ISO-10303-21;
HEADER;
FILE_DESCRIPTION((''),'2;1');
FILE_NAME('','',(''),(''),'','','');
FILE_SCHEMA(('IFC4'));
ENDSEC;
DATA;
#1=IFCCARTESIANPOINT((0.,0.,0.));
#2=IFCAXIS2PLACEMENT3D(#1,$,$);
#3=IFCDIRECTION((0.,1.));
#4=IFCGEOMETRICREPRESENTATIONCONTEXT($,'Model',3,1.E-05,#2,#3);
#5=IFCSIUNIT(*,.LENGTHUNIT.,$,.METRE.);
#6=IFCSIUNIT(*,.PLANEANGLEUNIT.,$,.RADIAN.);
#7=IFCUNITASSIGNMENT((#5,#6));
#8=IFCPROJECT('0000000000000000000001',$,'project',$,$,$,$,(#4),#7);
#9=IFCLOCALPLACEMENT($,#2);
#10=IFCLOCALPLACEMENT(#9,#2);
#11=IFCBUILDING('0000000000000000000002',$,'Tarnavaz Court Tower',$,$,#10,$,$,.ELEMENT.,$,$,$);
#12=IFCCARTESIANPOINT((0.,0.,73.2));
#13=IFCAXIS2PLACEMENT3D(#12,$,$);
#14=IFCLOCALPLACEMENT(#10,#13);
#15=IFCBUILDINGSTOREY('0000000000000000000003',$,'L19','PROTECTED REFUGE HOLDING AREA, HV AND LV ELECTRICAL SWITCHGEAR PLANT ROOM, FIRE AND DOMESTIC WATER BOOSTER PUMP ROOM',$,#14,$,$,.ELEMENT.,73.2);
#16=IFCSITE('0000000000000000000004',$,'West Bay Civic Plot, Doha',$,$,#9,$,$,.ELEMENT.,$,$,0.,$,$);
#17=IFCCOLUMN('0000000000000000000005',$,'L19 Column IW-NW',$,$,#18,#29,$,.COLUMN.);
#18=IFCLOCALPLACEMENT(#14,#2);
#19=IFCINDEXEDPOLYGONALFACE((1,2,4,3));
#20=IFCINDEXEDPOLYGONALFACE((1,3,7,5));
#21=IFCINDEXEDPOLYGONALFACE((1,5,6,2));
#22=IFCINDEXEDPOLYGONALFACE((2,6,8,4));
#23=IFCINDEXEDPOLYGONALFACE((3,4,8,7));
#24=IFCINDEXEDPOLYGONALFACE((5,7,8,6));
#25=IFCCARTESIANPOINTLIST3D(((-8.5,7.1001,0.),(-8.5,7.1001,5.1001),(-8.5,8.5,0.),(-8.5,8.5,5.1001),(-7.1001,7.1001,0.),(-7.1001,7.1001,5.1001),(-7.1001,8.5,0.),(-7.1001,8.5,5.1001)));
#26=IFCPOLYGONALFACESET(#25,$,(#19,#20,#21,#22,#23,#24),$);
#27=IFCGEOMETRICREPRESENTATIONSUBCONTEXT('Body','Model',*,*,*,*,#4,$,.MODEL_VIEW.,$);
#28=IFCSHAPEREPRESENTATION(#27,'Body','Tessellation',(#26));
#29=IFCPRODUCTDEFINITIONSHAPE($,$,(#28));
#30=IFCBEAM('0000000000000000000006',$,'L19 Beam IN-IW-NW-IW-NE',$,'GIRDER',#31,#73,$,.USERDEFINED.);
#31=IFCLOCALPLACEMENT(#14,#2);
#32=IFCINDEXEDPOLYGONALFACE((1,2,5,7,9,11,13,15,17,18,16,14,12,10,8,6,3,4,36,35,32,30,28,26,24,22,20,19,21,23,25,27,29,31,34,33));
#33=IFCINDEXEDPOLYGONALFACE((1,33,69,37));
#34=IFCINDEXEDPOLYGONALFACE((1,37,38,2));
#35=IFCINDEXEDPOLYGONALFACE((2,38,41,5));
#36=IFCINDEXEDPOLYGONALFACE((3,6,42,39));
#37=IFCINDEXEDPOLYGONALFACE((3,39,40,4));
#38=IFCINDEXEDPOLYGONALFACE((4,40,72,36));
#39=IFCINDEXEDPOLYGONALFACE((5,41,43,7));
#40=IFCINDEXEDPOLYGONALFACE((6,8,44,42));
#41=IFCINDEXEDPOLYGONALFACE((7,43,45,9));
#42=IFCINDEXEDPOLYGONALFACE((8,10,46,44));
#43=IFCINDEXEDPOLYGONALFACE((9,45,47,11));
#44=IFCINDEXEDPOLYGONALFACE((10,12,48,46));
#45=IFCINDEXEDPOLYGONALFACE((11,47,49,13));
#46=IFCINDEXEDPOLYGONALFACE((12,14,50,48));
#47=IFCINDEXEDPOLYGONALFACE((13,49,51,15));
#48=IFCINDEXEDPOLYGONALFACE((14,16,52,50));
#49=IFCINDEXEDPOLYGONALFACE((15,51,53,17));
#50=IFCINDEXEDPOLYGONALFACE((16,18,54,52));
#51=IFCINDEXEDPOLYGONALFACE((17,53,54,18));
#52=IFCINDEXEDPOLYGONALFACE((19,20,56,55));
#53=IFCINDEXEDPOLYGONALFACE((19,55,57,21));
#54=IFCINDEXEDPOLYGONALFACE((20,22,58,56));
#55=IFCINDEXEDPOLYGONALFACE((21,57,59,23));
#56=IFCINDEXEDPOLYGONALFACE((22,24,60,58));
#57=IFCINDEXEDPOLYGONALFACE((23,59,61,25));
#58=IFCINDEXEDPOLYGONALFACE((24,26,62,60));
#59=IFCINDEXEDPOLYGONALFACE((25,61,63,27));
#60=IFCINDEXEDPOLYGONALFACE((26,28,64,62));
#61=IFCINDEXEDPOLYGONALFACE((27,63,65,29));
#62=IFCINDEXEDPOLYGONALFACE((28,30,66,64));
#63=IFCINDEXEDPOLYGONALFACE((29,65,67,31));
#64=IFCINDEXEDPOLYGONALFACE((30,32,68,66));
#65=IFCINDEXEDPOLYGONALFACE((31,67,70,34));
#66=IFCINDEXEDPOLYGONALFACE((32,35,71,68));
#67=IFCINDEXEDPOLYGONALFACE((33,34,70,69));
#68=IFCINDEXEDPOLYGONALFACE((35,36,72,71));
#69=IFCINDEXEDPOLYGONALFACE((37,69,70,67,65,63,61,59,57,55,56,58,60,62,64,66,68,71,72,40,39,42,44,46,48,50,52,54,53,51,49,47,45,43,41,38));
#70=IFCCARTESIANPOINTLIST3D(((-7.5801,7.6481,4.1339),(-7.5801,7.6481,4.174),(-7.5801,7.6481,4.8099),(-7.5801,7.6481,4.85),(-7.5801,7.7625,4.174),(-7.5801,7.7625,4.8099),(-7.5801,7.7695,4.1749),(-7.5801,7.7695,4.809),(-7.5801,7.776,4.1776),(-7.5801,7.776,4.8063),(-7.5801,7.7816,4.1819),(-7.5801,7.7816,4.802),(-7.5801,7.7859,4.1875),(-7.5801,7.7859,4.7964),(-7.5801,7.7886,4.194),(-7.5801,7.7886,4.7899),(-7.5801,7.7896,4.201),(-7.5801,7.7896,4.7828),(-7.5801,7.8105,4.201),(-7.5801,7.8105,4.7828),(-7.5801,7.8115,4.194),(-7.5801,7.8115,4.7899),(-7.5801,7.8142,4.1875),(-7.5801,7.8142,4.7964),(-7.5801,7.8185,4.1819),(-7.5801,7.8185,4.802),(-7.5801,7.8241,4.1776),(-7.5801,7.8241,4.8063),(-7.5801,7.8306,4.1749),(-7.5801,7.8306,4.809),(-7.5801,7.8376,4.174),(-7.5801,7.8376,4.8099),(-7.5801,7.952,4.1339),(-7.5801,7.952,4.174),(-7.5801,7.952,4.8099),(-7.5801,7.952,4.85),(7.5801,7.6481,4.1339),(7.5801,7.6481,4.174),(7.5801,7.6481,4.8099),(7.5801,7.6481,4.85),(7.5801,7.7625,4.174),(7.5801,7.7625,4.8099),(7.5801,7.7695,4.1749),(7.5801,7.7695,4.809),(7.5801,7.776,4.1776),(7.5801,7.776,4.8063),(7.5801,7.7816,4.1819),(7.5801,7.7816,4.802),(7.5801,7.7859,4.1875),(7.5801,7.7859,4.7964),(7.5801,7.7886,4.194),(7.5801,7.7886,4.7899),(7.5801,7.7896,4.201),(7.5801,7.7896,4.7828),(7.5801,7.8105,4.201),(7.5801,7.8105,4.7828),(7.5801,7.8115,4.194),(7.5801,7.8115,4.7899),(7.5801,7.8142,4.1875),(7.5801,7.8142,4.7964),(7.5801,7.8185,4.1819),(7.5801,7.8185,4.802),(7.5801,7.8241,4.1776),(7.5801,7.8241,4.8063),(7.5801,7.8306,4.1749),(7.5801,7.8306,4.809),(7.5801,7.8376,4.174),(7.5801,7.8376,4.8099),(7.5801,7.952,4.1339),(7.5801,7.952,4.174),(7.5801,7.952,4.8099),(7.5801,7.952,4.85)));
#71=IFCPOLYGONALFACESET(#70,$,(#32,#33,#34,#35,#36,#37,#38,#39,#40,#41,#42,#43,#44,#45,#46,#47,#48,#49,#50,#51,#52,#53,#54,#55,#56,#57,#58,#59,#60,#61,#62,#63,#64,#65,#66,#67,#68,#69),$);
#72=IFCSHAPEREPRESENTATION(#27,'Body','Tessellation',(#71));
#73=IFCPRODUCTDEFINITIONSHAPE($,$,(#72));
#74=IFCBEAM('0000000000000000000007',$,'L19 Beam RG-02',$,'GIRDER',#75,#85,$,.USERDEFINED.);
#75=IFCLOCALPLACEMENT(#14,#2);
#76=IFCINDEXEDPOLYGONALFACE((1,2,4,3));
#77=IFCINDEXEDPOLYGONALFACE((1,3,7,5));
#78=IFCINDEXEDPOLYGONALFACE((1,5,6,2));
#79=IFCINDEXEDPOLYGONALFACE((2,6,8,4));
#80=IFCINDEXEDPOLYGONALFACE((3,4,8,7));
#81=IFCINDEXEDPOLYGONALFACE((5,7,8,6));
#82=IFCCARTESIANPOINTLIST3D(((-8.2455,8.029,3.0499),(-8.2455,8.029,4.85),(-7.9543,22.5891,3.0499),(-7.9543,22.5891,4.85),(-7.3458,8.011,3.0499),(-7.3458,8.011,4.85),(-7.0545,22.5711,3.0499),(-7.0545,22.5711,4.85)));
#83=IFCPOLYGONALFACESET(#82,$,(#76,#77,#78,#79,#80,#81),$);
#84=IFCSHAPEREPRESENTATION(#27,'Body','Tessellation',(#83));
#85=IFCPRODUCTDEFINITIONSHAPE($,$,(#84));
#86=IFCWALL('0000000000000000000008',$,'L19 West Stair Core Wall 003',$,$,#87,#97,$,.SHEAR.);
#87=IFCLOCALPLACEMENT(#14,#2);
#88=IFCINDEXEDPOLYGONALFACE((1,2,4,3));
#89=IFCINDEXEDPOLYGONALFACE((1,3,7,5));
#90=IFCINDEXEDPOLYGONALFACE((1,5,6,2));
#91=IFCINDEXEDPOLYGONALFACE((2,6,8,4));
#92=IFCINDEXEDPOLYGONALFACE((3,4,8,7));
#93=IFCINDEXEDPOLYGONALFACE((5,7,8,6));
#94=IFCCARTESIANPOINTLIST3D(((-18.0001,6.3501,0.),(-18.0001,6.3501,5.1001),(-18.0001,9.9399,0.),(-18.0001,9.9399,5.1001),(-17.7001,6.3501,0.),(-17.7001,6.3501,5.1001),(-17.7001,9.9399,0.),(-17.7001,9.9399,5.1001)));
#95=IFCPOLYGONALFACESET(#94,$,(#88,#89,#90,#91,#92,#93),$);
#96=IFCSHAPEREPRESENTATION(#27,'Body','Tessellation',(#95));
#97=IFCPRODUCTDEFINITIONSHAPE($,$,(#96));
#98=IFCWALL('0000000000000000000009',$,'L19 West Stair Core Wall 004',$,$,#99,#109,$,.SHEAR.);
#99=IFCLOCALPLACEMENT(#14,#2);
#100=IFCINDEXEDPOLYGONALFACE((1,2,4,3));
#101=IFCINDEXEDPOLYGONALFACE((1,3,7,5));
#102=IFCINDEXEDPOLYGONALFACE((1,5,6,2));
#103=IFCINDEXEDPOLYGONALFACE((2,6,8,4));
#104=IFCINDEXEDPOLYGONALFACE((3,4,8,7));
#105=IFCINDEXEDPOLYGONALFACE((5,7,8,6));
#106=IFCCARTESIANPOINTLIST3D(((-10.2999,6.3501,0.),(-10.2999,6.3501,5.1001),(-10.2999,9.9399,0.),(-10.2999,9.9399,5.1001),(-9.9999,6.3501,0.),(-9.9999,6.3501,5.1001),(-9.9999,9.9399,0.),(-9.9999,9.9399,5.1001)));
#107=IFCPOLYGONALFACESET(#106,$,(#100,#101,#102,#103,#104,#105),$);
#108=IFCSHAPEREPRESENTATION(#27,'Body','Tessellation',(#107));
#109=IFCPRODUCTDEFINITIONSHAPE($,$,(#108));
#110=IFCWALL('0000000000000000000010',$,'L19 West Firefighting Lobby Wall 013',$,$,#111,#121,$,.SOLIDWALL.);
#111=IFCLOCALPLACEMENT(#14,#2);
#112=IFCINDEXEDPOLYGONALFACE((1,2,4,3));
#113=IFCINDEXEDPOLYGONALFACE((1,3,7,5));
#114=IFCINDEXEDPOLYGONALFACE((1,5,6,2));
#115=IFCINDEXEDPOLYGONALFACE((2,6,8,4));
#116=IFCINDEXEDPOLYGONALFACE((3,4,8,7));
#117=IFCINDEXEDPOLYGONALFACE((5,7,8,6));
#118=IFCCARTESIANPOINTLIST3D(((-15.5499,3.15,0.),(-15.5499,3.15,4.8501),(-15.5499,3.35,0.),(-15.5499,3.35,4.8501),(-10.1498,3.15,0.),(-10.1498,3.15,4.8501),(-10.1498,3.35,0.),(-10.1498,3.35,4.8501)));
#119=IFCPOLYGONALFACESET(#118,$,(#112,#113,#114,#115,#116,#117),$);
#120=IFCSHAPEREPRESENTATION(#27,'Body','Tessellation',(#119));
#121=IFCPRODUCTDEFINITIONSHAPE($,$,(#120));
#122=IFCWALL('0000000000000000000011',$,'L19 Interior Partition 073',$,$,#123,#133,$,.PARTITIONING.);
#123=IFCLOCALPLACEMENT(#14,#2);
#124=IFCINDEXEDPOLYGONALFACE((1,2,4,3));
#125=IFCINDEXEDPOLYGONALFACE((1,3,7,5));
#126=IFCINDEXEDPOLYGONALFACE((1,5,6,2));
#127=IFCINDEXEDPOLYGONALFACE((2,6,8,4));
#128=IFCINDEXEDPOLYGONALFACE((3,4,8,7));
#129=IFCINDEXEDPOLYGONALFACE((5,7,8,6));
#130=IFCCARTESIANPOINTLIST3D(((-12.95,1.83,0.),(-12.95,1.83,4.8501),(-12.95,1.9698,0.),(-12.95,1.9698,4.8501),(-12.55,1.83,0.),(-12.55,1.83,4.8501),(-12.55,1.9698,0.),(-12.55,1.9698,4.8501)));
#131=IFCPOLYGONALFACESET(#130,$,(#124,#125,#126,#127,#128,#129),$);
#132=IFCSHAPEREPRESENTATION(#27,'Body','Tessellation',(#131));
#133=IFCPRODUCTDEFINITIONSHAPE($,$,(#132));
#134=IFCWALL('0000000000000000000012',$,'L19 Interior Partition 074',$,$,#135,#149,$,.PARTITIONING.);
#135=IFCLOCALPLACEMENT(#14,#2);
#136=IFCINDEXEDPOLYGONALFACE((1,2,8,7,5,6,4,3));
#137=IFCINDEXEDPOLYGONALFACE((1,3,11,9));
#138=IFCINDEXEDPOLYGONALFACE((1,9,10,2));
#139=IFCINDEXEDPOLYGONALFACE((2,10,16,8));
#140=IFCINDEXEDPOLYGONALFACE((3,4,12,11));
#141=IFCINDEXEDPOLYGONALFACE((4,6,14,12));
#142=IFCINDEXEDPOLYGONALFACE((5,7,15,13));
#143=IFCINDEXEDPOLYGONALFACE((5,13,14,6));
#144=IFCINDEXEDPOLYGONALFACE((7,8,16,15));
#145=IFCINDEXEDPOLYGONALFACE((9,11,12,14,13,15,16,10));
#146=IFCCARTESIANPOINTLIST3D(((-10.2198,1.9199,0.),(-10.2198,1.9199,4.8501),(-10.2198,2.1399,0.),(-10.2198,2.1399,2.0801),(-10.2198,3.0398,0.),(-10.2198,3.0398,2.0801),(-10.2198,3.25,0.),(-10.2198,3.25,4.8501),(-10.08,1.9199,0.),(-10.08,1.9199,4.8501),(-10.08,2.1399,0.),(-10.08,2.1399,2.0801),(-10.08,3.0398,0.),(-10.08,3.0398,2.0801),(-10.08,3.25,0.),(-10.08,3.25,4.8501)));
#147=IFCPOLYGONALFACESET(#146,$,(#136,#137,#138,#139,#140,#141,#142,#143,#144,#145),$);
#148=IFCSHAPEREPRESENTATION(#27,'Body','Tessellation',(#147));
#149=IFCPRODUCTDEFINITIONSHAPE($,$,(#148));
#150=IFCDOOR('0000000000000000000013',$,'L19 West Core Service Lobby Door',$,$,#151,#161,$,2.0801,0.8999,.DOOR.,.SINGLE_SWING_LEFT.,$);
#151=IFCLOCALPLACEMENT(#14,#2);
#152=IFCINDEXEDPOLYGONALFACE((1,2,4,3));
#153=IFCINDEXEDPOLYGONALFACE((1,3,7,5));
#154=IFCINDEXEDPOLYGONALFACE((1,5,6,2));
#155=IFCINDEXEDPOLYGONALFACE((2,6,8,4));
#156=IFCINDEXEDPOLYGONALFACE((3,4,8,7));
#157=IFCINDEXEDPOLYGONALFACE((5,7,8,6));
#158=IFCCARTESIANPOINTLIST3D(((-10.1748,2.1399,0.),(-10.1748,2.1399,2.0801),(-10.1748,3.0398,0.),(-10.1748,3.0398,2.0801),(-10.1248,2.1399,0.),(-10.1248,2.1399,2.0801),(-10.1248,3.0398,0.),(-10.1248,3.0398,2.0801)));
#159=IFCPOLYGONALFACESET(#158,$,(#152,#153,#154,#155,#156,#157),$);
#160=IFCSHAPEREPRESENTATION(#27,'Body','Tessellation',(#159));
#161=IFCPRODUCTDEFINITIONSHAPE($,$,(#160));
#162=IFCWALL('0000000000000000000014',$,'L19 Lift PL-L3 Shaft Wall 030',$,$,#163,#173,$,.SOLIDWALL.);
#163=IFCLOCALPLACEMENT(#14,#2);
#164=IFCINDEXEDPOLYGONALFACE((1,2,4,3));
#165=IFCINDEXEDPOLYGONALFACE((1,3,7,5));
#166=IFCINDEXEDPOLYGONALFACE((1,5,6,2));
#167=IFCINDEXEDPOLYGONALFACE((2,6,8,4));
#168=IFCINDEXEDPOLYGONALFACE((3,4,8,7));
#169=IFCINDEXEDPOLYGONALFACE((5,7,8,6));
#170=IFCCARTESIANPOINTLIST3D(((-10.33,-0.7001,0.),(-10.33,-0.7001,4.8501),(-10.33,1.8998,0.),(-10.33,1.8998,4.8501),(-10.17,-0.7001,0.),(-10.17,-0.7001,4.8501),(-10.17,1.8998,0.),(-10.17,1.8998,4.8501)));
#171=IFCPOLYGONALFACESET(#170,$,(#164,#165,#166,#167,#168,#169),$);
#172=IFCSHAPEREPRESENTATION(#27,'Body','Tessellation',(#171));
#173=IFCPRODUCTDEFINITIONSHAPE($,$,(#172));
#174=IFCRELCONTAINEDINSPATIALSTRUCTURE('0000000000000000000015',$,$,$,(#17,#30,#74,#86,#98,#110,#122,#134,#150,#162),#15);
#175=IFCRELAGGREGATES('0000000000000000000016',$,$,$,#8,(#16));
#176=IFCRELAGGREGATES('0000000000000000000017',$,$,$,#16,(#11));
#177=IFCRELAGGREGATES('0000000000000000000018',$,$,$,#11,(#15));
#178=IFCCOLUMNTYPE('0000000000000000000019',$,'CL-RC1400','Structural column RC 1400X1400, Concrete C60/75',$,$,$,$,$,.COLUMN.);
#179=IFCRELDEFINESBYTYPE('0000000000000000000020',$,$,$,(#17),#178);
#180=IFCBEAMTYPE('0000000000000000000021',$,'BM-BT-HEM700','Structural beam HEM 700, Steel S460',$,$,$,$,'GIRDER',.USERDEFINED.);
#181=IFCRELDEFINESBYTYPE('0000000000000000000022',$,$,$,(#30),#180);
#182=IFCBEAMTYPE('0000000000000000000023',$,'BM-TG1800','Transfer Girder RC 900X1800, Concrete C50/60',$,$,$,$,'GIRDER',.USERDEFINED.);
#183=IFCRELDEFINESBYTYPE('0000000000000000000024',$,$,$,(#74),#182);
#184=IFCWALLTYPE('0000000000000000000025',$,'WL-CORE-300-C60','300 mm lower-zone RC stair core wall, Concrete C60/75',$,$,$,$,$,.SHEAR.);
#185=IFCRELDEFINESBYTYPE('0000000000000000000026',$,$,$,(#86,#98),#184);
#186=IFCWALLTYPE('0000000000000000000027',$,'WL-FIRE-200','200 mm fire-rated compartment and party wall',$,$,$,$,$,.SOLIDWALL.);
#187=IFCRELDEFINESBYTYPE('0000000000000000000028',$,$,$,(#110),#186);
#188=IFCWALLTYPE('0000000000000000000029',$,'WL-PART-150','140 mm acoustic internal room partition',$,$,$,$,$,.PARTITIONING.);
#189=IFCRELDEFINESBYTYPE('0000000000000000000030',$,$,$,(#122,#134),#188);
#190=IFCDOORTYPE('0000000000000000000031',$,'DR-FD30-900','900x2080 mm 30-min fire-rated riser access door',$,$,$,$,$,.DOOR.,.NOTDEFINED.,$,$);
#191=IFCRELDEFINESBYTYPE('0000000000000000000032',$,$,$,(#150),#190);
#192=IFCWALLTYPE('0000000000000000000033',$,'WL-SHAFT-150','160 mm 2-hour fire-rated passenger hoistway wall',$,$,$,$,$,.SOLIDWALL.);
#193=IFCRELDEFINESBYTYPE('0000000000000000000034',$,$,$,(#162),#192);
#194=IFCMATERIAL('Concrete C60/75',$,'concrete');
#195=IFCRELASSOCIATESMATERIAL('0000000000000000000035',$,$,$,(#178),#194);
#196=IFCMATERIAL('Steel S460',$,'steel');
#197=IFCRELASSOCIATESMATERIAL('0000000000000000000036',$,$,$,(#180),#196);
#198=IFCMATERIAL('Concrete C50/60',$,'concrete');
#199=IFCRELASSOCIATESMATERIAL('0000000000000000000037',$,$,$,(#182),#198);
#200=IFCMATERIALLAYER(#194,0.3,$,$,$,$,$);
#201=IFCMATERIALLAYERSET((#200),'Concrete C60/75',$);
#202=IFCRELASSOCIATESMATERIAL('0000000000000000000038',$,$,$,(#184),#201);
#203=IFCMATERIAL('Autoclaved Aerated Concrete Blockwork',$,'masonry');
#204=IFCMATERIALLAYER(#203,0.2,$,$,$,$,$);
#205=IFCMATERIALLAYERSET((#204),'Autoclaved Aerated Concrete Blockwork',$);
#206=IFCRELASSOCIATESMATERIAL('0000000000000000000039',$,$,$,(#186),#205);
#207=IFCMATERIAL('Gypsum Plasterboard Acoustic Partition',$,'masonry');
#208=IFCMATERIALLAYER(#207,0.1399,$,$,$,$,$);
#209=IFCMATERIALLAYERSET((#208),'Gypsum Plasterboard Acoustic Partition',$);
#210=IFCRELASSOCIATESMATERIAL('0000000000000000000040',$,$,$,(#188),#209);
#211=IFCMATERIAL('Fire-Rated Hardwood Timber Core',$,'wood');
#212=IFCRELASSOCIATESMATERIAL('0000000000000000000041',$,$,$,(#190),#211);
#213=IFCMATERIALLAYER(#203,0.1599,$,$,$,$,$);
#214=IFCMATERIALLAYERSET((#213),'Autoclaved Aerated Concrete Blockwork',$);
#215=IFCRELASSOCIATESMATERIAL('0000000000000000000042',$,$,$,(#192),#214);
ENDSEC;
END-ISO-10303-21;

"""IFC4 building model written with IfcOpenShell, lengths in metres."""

from ifc_helpers import new_model, si_unit, direction, frame, frame_2d, origin, origin_2d, place, context, subcontext, project, spatial, rectangle, i_section, extrude, material, layer, layer_set, material_profile, profile_set, type_object, element, fill, save


model = new_model("IFC4")

# Units and contexts
model_context = context("Model", 3, precision=1e-05, world=origin(), true_north=direction((0.0, 1.0)))
body_context = subcontext(model_context, "Body", "Model", "MODEL_VIEW")
ifc_project = project(units=[si_unit("LENGTHUNIT", "METRE"), si_unit("PLANEANGLEUNIT", "RADIAN")], contexts=[model_context])

# Site, building, storey
site_placement = place(None, origin())
site = spatial("IfcSite", under=ifc_project, at=site_placement, Name="West Bay Civic Plot, Doha", CompositionType="ELEMENT", RefElevation=0.0)
building_placement = place(site_placement, origin())
building = spatial("IfcBuilding", under=site, at=building_placement, Name="Tarnavaz Court Tower", CompositionType="ELEMENT")
storey_placement = place(building_placement, frame((0.0, 0.0, 73.2)))
storey = spatial("IfcBuildingStorey", under=building, at=storey_placement, Name="L19", Description="PROTECTED REFUGE HOLDING AREA, HV AND LV ELECTRICAL SWITCHGEAR PLANT ROOM, FIRE AND DOMESTIC WATER BOOSTER PUMP ROOM", CompositionType="ELEMENT", Elevation=73.2)

# Column
ifc_material_1 = material(Name="Concrete C60/75", Category="concrete")
ifc_material_profile_1 = material_profile(ifc_material_1, rectangle(XDim=1.3999, YDim=1.3999, at=origin_2d()), Name="RC 1400X1400")
ifc_profile_set_1 = profile_set([ifc_material_profile_1], Name="Concrete C60/75")
column_type = type_object("IfcColumnType", Name="CL-RC1400", Description="Structural column RC 1400X1400, Concrete C60/75", PredefinedType="COLUMN", material=ifc_profile_set_1)
column_placement = place(storey_placement, frame((-7.8, 7.8, 0.0), z_axis=(0.0, 0.0, 1.0), x_axis=(1.0, 0.0, 0.0)))
element("IfcColumn", 1, at=column_placement, inside=storey, type_object=column_type, Name="L19 Column IW-NW", PredefinedType="COLUMN", context=body_context, shape_type="SweptSolid", body=[
    extrude(rectangle(XDim=1.3999, YDim=1.3999, at=origin_2d()), origin(), (0.0, 0.0, 1.0), 5.1001),
])

# Beams
ifc_material_2 = material(Name="Steel S460", Category="steel")
ifc_material_profile_2 = material_profile(ifc_material_2, i_section(OverallWidth=0.304, OverallDepth=0.7161, WebThickness=0.021, FlangeThickness=0.04, FilletRadius=0.0271, at=origin_2d()), Name="HEM 700")
ifc_profile_set_2 = profile_set([ifc_material_profile_2], Name="Steel S460")
beam_type_1 = type_object("IfcBeamType", Name="BM-BT-HEM700", Description="Structural beam HEM 700, Steel S460", ElementType="GIRDER", PredefinedType="USERDEFINED", material=ifc_profile_set_2)
beam_1_placement = place(storey_placement, frame((-7.5801, 7.8, 4.4919), z_axis=(1.0, 0.0, 0.0), x_axis=(0.0, 1.0, 0.0)))
element("IfcBeam", 2, at=beam_1_placement, inside=storey, type_object=beam_type_1, Name="L19 Beam IN-IW-NW-IW-NE", ObjectType="GIRDER", PredefinedType="USERDEFINED", context=body_context, shape_type="SweptSolid", body=[
    extrude(i_section(OverallWidth=0.304, OverallDepth=0.7161, WebThickness=0.021, FlangeThickness=0.04, FilletRadius=0.0271, at=origin_2d()), origin(), (0.0, 0.0, 1.0), 15.1602),
])
ifc_material_3 = material(Name="Concrete C50/60", Category="concrete")
ifc_material_profile_3 = material_profile(ifc_material_3, rectangle(XDim=0.8999, YDim=1.8, at=origin_2d()), Name="RC 900X1800")
ifc_profile_set_3 = profile_set([ifc_material_profile_3], Name="Concrete C50/60")
beam_type_2 = type_object("IfcBeamType", Name="BM-TG1800", Description="Transfer Girder RC 900X1800, Concrete C50/60", ElementType="GIRDER", PredefinedType="USERDEFINED", material=ifc_profile_set_3)
beam_2_placement = place(storey_placement, frame((-7.7957, 8.02, 3.95), z_axis=(0.02, 0.9998, 0.0), x_axis=(-0.9998, 0.02, 0.0)))
element("IfcBeam", 3, at=beam_2_placement, inside=storey, type_object=beam_type_2, Name="L19 Beam RG-02", ObjectType="GIRDER", PredefinedType="USERDEFINED", context=body_context, shape_type="SweptSolid", body=[
    extrude(rectangle(XDim=0.8999, YDim=1.8, at=origin_2d()), origin(), (0.0, 0.0, 1.0), 14.563),
])

# Walls
ifc_layer_1 = layer(ifc_material_1, 0.3)
ifc_layer_set_1 = layer_set([ifc_layer_1], Name="Concrete C60/75")
wall_type_1 = type_object("IfcWallType", Name="WL-CORE-300-C60", Description="300 mm lower-zone RC stair core wall, Concrete C60/75", PredefinedType="SHEAR", material=ifc_layer_set_1)
for number, where, z_axis, x_axis, name in (
    (4, (-17.8501, 6.3501, 0.0), (0.0, 0.0, 1.0), (0.0, 1.0, 0.0), "L19 West Stair Core Wall 003"),
    (5, (-10.1499, 6.3501, 0.0), (0.0, 0.0, 1.0), (0.0, 1.0, 0.0), "L19 West Stair Core Wall 004"),
):
    element("IfcWall", number, at=place(storey_placement, frame(where, z_axis=z_axis, x_axis=x_axis)), inside=storey, type_object=wall_type_1, Name=name, PredefinedType="SHEAR", context=body_context, shape_type="SweptSolid", body=[
        extrude(rectangle(XDim=3.5898, YDim=0.3, at=frame_2d((1.7949, 0.0))), origin(), (0.0, 0.0, 1.0), 5.1001),
    ])
ifc_material_4 = material(Name="Autoclaved Aerated Concrete Blockwork", Category="masonry")
ifc_layer_2 = layer(ifc_material_4, 0.2)
ifc_layer_set_2 = layer_set([ifc_layer_2], Name="Autoclaved Aerated Concrete Blockwork")
wall_type_2 = type_object("IfcWallType", Name="WL-FIRE-200", Description="200 mm fire-rated compartment and party wall", PredefinedType="SOLIDWALL", material=ifc_layer_set_2)
wall_1_placement = place(storey_placement, frame((-15.55, 3.25, 0.0), z_axis=(0.0, 0.0, 1.0), x_axis=(1.0, 0.0, 0.0)))
element("IfcWall", 6, at=wall_1_placement, inside=storey, type_object=wall_type_2, Name="L19 West Firefighting Lobby Wall 013", PredefinedType="SOLIDWALL", context=body_context, shape_type="SweptSolid", body=[
    extrude(rectangle(XDim=5.4001, YDim=0.2, at=frame_2d((2.7002, 0.0))), origin(), (0.0, 0.0, 1.0), 4.8501),
])

# Shared definitions
ifc_material_5 = material(Name="Fire-Rated Hardwood Timber Core", Category="wood")

# Wall
ifc_material_6 = material(Name="Gypsum Plasterboard Acoustic Partition", Category="masonry")
ifc_layer_3 = layer(ifc_material_6, 0.1399)
ifc_layer_set_3 = layer_set([ifc_layer_3], Name="Gypsum Plasterboard Acoustic Partition")
wall_type_3 = type_object("IfcWallType", Name="WL-PART-150", Description="140 mm acoustic internal room partition", PredefinedType="PARTITIONING", material=ifc_layer_set_3)
wall_2_placement = place(storey_placement, frame((-12.95, 1.8999, 0.0), z_axis=(0.0, 0.0, 1.0), x_axis=(1.0, 0.0, 0.0)))
element("IfcWall", 7, at=wall_2_placement, inside=storey, type_object=wall_type_3, Name="L19 Interior Partition 073", PredefinedType="PARTITIONING", context=body_context, shape_type="SweptSolid", body=[
    extrude(rectangle(XDim=0.3999, YDim=0.1399, at=frame_2d((0.2, 0.0))), origin(), (0.0, 0.0, 1.0), 4.8501),
])

# Wall, opening, door
wall_3_placement = place(storey_placement, frame((-10.1499, 1.9199, 0.0), z_axis=(0.0, 0.0, 1.0), x_axis=(0.0, 1.0, 0.0)))
wall_3 = element("IfcWall", 8, at=wall_3_placement, inside=storey, type_object=wall_type_3, Name="L19 Interior Partition 074", PredefinedType="PARTITIONING", context=body_context, shape_type="SweptSolid", body=[
    extrude(rectangle(XDim=1.3301, YDim=0.1399, at=frame_2d((0.665, 0.0))), origin(), (0.0, 0.0, 1.0), 4.8501),
])
opening_1_placement = place(wall_3_placement, frame((0.22, 0.0, 0.0)))
opening_1 = element("IfcOpeningElement", 9, at=opening_1_placement, cuts=wall_3, PredefinedType="OPENING", context=body_context, shape_type="SweptSolid", body=[
    extrude(rectangle(XDim=0.8999, YDim=2.0801, at=frame_2d((0.45, 1.04))), frame((0.0, 0.0798, 0.0), z_axis=(0.0, -1.0, 0.0), x_axis=(1.0, 0.0, 0.0)), (0.0, 0.0, 1.0), 0.1599),
])
door_type_1 = type_object("IfcDoorType", Name="DR-FD30-900", Description="900x2080 mm 30-min fire-rated riser access door", OperationType="NOTDEFINED", PredefinedType="DOOR", material=ifc_material_5)
door_1_placement = place(opening_1_placement, origin())
door_1 = element("IfcDoor", 10, at=door_1_placement, inside=storey, type_object=door_type_1, Name="L19 West Core Service Lobby Door", OperationType="SINGLE_SWING_LEFT", OverallHeight=2.0801, OverallWidth=0.8999, PredefinedType="DOOR", context=body_context, shape_type="SweptSolid", body=[
    extrude(rectangle(XDim=0.8999, YDim=2.0801, at=frame_2d((0.45, 1.04))), frame((0.0, 0.0249, 0.0), z_axis=(0.0, -1.0, 0.0), x_axis=(1.0, 0.0, 0.0)), (0.0, 0.0, 1.0), 0.05),
])
fill(opening_1, door_1)

# Wall
ifc_layer_4 = layer(ifc_material_4, 0.1599)
ifc_layer_set_4 = layer_set([ifc_layer_4], Name="Autoclaved Aerated Concrete Blockwork")
wall_type_4 = type_object("IfcWallType", Name="WL-SHAFT-150", Description="160 mm 2-hour fire-rated passenger hoistway wall", PredefinedType="SOLIDWALL", material=ifc_layer_set_4)
wall_4_placement = place(storey_placement, frame((-10.25, -0.7, 0.0), z_axis=(0.0, 0.0, 1.0), x_axis=(0.0, 1.0, 0.0)))
element("IfcWall", 11, at=wall_4_placement, inside=storey, type_object=wall_type_4, Name="L19 Lift PL-L3 Shaft Wall 030", PredefinedType="SOLIDWALL", context=body_context, shape_type="SweptSolid", body=[
    extrude(rectangle(XDim=2.5999, YDim=0.1599, at=frame_2d((1.2998, 0.0))), origin(), (0.0, 0.0, 1.0), 4.8501),
])

save(model, "model.ifc")
